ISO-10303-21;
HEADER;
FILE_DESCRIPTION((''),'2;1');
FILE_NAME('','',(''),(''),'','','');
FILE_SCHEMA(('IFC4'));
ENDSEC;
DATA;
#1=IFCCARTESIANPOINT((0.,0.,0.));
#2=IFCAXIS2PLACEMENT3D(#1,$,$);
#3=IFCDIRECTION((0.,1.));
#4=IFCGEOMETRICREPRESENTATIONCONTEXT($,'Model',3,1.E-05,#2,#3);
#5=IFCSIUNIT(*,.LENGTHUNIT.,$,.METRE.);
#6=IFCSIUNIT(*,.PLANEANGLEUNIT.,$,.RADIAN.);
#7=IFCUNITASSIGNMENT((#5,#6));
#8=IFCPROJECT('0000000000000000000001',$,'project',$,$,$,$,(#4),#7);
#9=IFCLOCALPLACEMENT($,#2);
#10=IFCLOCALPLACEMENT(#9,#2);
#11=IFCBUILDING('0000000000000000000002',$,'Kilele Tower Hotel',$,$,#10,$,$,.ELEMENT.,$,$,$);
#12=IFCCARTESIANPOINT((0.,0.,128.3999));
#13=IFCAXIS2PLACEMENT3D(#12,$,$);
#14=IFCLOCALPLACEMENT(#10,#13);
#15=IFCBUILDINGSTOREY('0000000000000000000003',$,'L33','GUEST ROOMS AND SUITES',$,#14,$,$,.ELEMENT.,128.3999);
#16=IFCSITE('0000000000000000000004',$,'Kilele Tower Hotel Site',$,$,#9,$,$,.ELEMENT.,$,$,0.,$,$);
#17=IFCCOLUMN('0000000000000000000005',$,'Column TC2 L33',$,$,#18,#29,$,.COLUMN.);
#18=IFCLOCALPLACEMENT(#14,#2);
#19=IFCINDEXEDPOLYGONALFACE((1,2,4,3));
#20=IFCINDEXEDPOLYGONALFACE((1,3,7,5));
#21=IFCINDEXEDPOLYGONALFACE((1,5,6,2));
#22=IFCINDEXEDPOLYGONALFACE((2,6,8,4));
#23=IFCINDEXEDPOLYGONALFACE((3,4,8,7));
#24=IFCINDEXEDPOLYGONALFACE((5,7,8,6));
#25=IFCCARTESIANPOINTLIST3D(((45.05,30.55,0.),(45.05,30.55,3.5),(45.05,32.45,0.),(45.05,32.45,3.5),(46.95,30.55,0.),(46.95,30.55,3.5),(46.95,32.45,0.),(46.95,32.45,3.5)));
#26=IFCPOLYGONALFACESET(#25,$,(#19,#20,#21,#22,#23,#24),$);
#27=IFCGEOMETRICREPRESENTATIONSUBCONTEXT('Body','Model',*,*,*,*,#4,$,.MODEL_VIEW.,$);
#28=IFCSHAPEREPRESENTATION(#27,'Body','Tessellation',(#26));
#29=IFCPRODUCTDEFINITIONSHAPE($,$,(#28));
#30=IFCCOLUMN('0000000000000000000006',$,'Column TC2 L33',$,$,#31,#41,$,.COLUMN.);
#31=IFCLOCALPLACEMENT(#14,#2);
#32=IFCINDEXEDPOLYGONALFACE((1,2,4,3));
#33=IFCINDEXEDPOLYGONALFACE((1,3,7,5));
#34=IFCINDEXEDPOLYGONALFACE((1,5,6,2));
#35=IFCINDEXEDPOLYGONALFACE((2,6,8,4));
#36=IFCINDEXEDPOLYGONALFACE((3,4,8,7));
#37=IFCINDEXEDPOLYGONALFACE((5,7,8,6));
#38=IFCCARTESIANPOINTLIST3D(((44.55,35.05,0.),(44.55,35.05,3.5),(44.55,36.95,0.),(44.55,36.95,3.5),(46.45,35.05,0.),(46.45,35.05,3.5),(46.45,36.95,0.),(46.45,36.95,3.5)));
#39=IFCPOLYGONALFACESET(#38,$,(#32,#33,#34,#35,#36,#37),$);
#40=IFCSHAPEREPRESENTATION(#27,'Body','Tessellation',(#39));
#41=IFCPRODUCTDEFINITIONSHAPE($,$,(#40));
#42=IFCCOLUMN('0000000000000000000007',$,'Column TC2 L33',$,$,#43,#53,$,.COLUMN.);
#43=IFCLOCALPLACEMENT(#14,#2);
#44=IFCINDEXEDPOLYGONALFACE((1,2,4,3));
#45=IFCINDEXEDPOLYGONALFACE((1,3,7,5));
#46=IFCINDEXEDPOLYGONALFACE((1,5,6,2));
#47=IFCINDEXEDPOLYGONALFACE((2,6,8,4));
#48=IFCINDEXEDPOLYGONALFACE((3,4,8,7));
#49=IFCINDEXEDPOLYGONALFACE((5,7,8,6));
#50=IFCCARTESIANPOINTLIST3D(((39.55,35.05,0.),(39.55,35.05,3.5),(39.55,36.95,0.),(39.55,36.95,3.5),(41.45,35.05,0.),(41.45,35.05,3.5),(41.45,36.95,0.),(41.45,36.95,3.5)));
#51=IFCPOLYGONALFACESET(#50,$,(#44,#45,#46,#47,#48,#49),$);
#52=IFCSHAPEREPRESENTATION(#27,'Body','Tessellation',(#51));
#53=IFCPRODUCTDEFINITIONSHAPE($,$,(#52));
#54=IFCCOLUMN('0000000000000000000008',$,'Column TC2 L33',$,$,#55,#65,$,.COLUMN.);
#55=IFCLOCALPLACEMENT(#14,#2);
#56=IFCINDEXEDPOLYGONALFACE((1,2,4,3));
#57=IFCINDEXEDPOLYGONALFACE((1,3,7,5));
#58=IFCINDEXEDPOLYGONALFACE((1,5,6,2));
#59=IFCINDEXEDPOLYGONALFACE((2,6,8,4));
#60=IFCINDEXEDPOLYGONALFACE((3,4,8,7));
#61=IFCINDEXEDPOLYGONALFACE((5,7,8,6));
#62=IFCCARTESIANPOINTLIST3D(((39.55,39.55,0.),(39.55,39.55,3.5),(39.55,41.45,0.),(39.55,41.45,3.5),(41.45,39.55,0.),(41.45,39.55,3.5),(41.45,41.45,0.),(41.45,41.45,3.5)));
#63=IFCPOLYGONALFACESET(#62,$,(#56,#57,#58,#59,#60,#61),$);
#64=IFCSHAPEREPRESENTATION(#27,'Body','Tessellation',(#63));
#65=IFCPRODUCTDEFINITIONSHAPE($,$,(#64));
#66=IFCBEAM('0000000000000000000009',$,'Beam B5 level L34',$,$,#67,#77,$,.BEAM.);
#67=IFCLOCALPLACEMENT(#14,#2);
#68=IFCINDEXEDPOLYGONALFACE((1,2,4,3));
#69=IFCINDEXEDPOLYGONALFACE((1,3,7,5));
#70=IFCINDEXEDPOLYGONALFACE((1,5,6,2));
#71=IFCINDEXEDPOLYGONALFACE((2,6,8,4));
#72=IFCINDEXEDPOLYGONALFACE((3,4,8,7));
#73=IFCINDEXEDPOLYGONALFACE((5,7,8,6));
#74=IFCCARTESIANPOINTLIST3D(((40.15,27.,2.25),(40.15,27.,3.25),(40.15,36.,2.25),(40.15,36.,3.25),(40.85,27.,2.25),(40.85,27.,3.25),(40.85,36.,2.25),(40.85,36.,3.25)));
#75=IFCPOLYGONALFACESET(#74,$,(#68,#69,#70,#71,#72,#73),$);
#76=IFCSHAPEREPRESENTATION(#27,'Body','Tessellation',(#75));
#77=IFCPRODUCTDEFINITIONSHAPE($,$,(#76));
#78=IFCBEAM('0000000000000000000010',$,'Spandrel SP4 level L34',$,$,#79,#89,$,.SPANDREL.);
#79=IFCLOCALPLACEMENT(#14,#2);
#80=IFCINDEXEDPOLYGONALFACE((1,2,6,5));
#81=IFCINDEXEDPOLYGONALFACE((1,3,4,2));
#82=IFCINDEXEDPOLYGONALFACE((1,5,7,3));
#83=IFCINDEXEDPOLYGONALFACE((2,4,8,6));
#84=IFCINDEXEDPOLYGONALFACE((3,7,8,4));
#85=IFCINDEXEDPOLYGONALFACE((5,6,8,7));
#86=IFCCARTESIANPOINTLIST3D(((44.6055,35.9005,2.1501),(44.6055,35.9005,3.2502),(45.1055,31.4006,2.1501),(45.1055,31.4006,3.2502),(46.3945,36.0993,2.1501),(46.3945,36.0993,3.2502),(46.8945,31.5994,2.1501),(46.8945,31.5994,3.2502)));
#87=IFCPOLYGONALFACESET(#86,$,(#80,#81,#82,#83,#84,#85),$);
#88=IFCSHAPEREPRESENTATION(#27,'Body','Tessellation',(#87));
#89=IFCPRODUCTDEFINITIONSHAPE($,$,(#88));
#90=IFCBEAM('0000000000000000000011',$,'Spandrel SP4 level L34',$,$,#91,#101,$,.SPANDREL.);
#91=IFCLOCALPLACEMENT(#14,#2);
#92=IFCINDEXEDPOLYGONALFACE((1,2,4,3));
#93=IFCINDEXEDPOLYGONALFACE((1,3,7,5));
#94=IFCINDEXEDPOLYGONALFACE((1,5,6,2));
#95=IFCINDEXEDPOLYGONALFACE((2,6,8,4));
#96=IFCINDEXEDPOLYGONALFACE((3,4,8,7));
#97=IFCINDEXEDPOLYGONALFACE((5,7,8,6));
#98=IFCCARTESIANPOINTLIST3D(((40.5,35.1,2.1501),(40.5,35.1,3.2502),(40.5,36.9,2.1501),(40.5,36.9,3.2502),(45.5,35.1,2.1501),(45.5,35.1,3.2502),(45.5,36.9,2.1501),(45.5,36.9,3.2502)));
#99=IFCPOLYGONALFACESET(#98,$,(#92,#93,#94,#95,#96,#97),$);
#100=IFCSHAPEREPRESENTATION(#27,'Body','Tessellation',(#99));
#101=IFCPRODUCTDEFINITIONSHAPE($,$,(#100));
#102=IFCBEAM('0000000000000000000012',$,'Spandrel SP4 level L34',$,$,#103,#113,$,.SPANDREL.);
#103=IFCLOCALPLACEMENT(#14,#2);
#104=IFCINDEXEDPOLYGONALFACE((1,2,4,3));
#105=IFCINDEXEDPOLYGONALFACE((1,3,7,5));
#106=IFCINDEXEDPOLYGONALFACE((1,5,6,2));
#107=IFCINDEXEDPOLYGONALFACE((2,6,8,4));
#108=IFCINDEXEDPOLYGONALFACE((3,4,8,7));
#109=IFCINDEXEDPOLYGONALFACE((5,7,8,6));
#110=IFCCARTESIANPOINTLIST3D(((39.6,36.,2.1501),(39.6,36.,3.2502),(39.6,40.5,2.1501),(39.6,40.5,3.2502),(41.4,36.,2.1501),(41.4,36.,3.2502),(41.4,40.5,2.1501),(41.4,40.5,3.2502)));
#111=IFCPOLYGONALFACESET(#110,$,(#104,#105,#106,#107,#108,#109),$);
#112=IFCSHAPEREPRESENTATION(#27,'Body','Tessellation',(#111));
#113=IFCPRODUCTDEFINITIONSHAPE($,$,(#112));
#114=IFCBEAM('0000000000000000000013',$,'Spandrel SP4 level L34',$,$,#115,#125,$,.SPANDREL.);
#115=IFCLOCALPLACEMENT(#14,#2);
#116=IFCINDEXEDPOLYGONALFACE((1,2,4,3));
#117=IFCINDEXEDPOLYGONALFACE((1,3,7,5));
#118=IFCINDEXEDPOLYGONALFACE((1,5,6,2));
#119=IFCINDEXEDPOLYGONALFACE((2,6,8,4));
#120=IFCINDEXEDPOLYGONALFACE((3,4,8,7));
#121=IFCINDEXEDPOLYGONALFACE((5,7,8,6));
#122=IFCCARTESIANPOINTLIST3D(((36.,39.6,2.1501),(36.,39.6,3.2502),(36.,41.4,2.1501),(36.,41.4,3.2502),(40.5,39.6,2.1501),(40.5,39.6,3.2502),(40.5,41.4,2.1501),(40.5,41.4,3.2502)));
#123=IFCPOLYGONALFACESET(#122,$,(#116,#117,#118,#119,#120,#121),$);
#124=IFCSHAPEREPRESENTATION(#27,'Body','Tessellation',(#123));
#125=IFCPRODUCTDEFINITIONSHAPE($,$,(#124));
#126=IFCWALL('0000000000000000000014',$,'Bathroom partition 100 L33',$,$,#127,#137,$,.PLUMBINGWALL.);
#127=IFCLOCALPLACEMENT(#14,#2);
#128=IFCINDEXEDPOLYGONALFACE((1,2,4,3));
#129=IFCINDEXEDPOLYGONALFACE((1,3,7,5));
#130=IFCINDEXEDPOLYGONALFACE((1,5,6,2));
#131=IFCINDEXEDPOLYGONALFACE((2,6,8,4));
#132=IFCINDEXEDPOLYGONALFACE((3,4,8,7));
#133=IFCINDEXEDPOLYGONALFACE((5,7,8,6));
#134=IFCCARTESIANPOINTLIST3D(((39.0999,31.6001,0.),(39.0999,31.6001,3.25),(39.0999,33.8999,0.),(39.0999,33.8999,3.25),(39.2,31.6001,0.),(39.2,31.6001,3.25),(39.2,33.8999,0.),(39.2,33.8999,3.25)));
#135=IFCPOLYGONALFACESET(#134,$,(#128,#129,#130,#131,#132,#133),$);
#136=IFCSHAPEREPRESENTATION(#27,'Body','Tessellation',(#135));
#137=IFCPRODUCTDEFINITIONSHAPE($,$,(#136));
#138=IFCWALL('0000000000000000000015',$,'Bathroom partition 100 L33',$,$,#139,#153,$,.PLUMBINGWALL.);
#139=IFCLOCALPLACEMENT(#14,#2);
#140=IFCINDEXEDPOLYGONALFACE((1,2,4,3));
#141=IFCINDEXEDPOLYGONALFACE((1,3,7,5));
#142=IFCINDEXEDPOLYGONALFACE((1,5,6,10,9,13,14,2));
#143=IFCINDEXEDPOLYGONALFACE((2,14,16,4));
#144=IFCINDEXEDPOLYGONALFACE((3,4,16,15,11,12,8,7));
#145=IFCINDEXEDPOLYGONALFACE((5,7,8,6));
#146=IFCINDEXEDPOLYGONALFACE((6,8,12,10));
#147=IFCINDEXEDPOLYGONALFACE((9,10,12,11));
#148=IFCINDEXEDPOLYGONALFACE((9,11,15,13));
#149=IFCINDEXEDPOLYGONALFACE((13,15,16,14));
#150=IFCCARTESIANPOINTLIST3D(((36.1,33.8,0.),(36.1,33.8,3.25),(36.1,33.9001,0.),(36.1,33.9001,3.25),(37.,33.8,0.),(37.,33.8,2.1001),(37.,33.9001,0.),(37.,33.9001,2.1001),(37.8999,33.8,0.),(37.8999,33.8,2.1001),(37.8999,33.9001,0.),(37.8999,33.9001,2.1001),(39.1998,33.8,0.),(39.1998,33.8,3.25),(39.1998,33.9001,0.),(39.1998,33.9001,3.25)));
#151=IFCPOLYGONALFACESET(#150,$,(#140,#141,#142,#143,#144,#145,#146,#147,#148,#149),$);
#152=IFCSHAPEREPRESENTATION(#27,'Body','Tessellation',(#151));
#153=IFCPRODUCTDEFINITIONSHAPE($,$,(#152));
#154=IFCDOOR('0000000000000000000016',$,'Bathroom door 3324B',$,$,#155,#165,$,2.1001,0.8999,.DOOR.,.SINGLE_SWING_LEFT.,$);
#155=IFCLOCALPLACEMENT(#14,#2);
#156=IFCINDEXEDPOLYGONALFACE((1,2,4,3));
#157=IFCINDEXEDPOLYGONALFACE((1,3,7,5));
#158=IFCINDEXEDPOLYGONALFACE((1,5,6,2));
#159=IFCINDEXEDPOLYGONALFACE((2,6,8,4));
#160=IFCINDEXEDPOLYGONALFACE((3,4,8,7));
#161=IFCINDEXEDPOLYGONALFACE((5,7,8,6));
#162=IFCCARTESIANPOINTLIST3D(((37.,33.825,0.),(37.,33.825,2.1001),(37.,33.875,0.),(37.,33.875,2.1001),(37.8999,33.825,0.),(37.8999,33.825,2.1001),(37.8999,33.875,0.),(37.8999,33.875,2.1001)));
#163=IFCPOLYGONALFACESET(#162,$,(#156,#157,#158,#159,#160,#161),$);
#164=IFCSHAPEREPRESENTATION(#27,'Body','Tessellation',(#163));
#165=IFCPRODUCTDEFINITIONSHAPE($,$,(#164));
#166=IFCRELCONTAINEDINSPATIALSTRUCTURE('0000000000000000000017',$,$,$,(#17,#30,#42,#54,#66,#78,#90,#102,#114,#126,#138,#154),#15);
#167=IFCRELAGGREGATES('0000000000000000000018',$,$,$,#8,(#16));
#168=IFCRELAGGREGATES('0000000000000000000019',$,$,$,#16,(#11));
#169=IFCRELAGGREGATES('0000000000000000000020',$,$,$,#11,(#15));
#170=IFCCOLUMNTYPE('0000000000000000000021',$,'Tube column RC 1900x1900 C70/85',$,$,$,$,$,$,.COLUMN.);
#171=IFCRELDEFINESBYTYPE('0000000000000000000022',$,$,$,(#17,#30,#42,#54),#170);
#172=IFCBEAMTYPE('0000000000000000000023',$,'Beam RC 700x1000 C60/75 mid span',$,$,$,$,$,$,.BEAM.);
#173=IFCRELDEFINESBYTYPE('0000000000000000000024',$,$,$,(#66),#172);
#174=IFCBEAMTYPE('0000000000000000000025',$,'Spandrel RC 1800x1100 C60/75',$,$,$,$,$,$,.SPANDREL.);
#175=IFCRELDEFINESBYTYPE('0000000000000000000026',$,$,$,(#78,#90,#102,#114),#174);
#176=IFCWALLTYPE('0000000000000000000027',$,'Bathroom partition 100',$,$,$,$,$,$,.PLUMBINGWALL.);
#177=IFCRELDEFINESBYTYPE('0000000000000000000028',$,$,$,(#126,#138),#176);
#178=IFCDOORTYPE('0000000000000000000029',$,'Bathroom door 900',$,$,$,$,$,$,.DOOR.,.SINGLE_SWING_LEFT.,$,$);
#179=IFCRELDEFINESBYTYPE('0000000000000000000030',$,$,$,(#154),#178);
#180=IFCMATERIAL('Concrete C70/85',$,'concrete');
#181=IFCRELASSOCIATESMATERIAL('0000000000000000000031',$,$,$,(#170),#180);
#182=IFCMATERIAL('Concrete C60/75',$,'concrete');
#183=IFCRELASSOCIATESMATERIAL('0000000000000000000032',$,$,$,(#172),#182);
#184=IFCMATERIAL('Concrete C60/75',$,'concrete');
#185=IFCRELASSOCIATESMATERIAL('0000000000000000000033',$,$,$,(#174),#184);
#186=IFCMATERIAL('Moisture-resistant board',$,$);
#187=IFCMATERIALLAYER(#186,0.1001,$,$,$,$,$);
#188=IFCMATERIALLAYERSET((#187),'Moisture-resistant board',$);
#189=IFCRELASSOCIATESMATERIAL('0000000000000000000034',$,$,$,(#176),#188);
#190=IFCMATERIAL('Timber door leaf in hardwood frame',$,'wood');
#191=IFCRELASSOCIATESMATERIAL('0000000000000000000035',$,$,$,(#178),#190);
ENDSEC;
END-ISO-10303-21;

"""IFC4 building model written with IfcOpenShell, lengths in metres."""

from ifc_helpers import new_model, si_unit, direction, frame, frame_2d, origin, origin_2d, place, context, subcontext, project, spatial, rectangle, extrude, material, layer, layer_set, material_profile, profile_set, type_object, element, fill, save


model = new_model("IFC4")

# Units and contexts
model_context = context("Model", 3, precision=1e-05, world=origin(), true_north=direction((0.0, 1.0)))
body_context = subcontext(model_context, "Body", "Model", "MODEL_VIEW")
ifc_project = project(units=[si_unit("LENGTHUNIT", "METRE"), si_unit("PLANEANGLEUNIT", "RADIAN")], contexts=[model_context])

# Site, building, storey
site_placement = place(None, origin())
site = spatial("IfcSite", under=ifc_project, at=site_placement, Name="Kilele Tower Hotel Site", CompositionType="ELEMENT", RefElevation=0.0)
building_placement = place(site_placement, origin())
building = spatial("IfcBuilding", under=site, at=building_placement, Name="Kilele Tower Hotel", CompositionType="ELEMENT")
storey_placement = place(building_placement, frame((0.0, 0.0, 128.3999)))
storey = spatial("IfcBuildingStorey", under=building, at=storey_placement, Name="L33", Description="GUEST ROOMS AND SUITES", CompositionType="ELEMENT", Elevation=128.3999)

# Columns
ifc_material_1 = material(Name="Concrete C70/85", Category="concrete")
ifc_material_profile_1 = material_profile(ifc_material_1, rectangle(XDim=1.8999, YDim=1.8999, at=origin_2d()))
ifc_profile_set_1 = profile_set([ifc_material_profile_1], Name="Concrete C70/85")
column_type = type_object("IfcColumnType", Name="Tube column RC 1900x1900 C70/85", PredefinedType="COLUMN", material=ifc_profile_set_1)
for number, where, z_axis, x_axis, name in (
    (1, (46.0, 31.5, 0.0), (0.0, 0.0, 1.0), (1.0, 0.0, 0.0), "Column TC2 L33"),
    (2, (45.5, 36.0, 0.0), (0.0, 0.0, 1.0), (1.0, 0.0, 0.0), "Column TC2 L33"),
    (3, (40.5, 36.0, 0.0), (0.0, 0.0, 1.0), (1.0, 0.0, 0.0), "Column TC2 L33"),
    (4, (40.5, 40.5, 0.0), (0.0, 0.0, 1.0), (1.0, 0.0, 0.0), "Column TC2 L33"),
):
    element("IfcColumn", number, at=place(storey_placement, frame(where, z_axis=z_axis, x_axis=x_axis)), inside=storey, type_object=column_type, Name=name, PredefinedType="COLUMN", context=body_context, shape_type="SweptSolid", body=[
        extrude(rectangle(XDim=1.8999, YDim=1.8999, at=origin_2d()), origin(), (0.0, 0.0, 1.0), 3.5),
    ])

# Beams
ifc_material_2 = material(Name="Concrete C60/75", Category="concrete")
ifc_material_profile_2 = material_profile(ifc_material_2, rectangle(XDim=0.7, YDim=1.0, at=origin_2d()))
ifc_profile_set_2 = profile_set([ifc_material_profile_2], Name="Concrete C60/75")
beam_type_1 = type_object("IfcBeamType", Name="Beam RC 700x1000 C60/75 mid span", PredefinedType="BEAM", material=ifc_profile_set_2)
beam_1_placement = place(storey_placement, frame((40.5, 36.0, 2.75), z_axis=(0.0, -1.0, 0.0), x_axis=(1.0, 0.0, 0.0)))
element("IfcBeam", 5, at=beam_1_placement, inside=storey, type_object=beam_type_1, Name="Beam B5 level L34", PredefinedType="BEAM", context=body_context, shape_type="SweptSolid", body=[
    extrude(rectangle(XDim=0.7, YDim=1.0, at=origin_2d()), origin(), (0.0, 0.0, 1.0), 9.0),
])
ifc_material_3 = material(Name="Concrete C60/75", Category="concrete")
ifc_material_profile_3 = material_profile(ifc_material_3, rectangle(XDim=1.8, YDim=1.1001, at=origin_2d()))
ifc_profile_set_3 = profile_set([ifc_material_profile_3], Name="Concrete C60/75")
beam_type_2 = type_object("IfcBeamType", Name="Spandrel RC 1800x1100 C60/75", PredefinedType="SPANDREL", material=ifc_profile_set_3)
beam_2_placement = place(storey_placement, frame((46.0, 31.5, 2.7002), z_axis=(-0.110432, 0.993884, 0.0), x_axis=(-0.993884, -0.110432, 0.0)))
element("IfcBeam", 6, at=beam_2_placement, inside=storey, type_object=beam_type_2, Name="Spandrel SP4 level L34", PredefinedType="SPANDREL", context=body_context, shape_type="SweptSolid", body=[
    extrude(rectangle(XDim=1.8, YDim=1.1001, at=origin_2d()), origin(), (0.0, 0.0, 1.0), 4.5276),
])
beam_3_placement = place(storey_placement, frame((45.5, 36.0, 2.7002), z_axis=(-1.0, 0.0, 0.0), x_axis=(0.0, -1.0, 0.0)))
element("IfcBeam", 7, at=beam_3_placement, inside=storey, type_object=beam_type_2, Name="Spandrel SP4 level L34", PredefinedType="SPANDREL", context=body_context, shape_type="SweptSolid", body=[
    extrude(rectangle(XDim=1.8, YDim=1.1001, at=origin_2d()), origin(), (0.0, 0.0, 1.0), 5.0),
])
for number, where, z_axis, x_axis, name in (
    (8, (40.5, 36.0, 2.7002), (0.0, 1.0, 0.0), (-1.0, 0.0, 0.0), "Spandrel SP4 level L34"),
    (9, (40.5, 40.5, 2.7002), (-1.0, 0.0, 0.0), (0.0, -1.0, 0.0), "Spandrel SP4 level L34"),
):
    element("IfcBeam", number, at=place(storey_placement, frame(where, z_axis=z_axis, x_axis=x_axis)), inside=storey, type_object=beam_type_2, Name=name, PredefinedType="SPANDREL", context=body_context, shape_type="SweptSolid", body=[
        extrude(rectangle(XDim=1.8, YDim=1.1001, at=origin_2d()), origin(), (0.0, 0.0, 1.0), 4.5),
    ])

# Wall
ifc_material_4 = material(Name="Moisture-resistant board")
ifc_layer_1 = layer(ifc_material_4, 0.1001)
ifc_layer_set_1 = layer_set([ifc_layer_1], Name="Moisture-resistant board")
wall_type_1 = type_object("IfcWallType", Name="Bathroom partition 100", PredefinedType="PLUMBINGWALL", material=ifc_layer_set_1)
wall_1_placement = place(storey_placement, frame((39.1499, 31.6001, 0.0), z_axis=(0.0, 0.0, 1.0), x_axis=(0.0, 1.0, 0.0)))
element("IfcWall", 10, at=wall_1_placement, inside=storey, type_object=wall_type_1, Name="Bathroom partition 100 L33", PredefinedType="PLUMBINGWALL", context=body_context, shape_type="SweptSolid", body=[
    extrude(rectangle(XDim=2.2998, YDim=0.1001, at=frame_2d((1.1499, 0.0))), origin(), (0.0, 0.0, 1.0), 3.25),
])

# Wall, opening, door
wall_2_placement = place(storey_placement, frame((36.1001, 33.8501, 0.0), z_axis=(0.0, 0.0, 1.0), x_axis=(1.0, 0.0, 0.0)))
wall_2 = element("IfcWall", 11, at=wall_2_placement, inside=storey, type_object=wall_type_1, Name="Bathroom partition 100 L33", PredefinedType="PLUMBINGWALL", context=body_context, shape_type="SweptSolid", body=[
    extrude(rectangle(XDim=3.0999, YDim=0.1001, at=frame_2d((1.5498, 0.0))), origin(), (0.0, 0.0, 1.0), 3.25),
])
opening_1_placement = place(wall_2_placement, frame((0.8999, 0.0, 0.0)))
opening_1 = element("IfcOpeningElement", 12, at=opening_1_placement, cuts=wall_2, PredefinedType="OPENING", context=body_context, shape_type="SweptSolid", body=[
    extrude(rectangle(XDim=0.8999, YDim=2.1001, at=frame_2d((0.45, 1.05))), frame((0.0, 0.0601, 0.0), z_axis=(0.0, -1.0, 0.0), x_axis=(1.0, 0.0, 0.0)), (0.0, 0.0, 1.0), 0.1201),
])
ifc_material_5 = material(Name="Timber door leaf in hardwood frame", Category="wood")
door_type_1 = type_object("IfcDoorType", Name="Bathroom door 900", OperationType="SINGLE_SWING_LEFT", PredefinedType="DOOR", material=ifc_material_5)
door_1_placement = place(opening_1_placement, origin())
door_1 = element("IfcDoor", 13, at=door_1_placement, inside=storey, type_object=door_type_1, Name="Bathroom door 3324B", OperationType="SINGLE_SWING_LEFT", OverallHeight=2.1001, OverallWidth=0.8999, PredefinedType="DOOR", context=body_context, shape_type="SweptSolid", body=[
    extrude(rectangle(XDim=0.8999, YDim=2.1001, at=frame_2d((0.45, 1.05))), frame((0.0, 0.0249, 0.0), z_axis=(0.0, -1.0, 0.0), x_axis=(1.0, 0.0, 0.0)), (0.0, 0.0, 1.0), 0.05),
])
fill(opening_1, door_1)

save(model, "model.ifc")
